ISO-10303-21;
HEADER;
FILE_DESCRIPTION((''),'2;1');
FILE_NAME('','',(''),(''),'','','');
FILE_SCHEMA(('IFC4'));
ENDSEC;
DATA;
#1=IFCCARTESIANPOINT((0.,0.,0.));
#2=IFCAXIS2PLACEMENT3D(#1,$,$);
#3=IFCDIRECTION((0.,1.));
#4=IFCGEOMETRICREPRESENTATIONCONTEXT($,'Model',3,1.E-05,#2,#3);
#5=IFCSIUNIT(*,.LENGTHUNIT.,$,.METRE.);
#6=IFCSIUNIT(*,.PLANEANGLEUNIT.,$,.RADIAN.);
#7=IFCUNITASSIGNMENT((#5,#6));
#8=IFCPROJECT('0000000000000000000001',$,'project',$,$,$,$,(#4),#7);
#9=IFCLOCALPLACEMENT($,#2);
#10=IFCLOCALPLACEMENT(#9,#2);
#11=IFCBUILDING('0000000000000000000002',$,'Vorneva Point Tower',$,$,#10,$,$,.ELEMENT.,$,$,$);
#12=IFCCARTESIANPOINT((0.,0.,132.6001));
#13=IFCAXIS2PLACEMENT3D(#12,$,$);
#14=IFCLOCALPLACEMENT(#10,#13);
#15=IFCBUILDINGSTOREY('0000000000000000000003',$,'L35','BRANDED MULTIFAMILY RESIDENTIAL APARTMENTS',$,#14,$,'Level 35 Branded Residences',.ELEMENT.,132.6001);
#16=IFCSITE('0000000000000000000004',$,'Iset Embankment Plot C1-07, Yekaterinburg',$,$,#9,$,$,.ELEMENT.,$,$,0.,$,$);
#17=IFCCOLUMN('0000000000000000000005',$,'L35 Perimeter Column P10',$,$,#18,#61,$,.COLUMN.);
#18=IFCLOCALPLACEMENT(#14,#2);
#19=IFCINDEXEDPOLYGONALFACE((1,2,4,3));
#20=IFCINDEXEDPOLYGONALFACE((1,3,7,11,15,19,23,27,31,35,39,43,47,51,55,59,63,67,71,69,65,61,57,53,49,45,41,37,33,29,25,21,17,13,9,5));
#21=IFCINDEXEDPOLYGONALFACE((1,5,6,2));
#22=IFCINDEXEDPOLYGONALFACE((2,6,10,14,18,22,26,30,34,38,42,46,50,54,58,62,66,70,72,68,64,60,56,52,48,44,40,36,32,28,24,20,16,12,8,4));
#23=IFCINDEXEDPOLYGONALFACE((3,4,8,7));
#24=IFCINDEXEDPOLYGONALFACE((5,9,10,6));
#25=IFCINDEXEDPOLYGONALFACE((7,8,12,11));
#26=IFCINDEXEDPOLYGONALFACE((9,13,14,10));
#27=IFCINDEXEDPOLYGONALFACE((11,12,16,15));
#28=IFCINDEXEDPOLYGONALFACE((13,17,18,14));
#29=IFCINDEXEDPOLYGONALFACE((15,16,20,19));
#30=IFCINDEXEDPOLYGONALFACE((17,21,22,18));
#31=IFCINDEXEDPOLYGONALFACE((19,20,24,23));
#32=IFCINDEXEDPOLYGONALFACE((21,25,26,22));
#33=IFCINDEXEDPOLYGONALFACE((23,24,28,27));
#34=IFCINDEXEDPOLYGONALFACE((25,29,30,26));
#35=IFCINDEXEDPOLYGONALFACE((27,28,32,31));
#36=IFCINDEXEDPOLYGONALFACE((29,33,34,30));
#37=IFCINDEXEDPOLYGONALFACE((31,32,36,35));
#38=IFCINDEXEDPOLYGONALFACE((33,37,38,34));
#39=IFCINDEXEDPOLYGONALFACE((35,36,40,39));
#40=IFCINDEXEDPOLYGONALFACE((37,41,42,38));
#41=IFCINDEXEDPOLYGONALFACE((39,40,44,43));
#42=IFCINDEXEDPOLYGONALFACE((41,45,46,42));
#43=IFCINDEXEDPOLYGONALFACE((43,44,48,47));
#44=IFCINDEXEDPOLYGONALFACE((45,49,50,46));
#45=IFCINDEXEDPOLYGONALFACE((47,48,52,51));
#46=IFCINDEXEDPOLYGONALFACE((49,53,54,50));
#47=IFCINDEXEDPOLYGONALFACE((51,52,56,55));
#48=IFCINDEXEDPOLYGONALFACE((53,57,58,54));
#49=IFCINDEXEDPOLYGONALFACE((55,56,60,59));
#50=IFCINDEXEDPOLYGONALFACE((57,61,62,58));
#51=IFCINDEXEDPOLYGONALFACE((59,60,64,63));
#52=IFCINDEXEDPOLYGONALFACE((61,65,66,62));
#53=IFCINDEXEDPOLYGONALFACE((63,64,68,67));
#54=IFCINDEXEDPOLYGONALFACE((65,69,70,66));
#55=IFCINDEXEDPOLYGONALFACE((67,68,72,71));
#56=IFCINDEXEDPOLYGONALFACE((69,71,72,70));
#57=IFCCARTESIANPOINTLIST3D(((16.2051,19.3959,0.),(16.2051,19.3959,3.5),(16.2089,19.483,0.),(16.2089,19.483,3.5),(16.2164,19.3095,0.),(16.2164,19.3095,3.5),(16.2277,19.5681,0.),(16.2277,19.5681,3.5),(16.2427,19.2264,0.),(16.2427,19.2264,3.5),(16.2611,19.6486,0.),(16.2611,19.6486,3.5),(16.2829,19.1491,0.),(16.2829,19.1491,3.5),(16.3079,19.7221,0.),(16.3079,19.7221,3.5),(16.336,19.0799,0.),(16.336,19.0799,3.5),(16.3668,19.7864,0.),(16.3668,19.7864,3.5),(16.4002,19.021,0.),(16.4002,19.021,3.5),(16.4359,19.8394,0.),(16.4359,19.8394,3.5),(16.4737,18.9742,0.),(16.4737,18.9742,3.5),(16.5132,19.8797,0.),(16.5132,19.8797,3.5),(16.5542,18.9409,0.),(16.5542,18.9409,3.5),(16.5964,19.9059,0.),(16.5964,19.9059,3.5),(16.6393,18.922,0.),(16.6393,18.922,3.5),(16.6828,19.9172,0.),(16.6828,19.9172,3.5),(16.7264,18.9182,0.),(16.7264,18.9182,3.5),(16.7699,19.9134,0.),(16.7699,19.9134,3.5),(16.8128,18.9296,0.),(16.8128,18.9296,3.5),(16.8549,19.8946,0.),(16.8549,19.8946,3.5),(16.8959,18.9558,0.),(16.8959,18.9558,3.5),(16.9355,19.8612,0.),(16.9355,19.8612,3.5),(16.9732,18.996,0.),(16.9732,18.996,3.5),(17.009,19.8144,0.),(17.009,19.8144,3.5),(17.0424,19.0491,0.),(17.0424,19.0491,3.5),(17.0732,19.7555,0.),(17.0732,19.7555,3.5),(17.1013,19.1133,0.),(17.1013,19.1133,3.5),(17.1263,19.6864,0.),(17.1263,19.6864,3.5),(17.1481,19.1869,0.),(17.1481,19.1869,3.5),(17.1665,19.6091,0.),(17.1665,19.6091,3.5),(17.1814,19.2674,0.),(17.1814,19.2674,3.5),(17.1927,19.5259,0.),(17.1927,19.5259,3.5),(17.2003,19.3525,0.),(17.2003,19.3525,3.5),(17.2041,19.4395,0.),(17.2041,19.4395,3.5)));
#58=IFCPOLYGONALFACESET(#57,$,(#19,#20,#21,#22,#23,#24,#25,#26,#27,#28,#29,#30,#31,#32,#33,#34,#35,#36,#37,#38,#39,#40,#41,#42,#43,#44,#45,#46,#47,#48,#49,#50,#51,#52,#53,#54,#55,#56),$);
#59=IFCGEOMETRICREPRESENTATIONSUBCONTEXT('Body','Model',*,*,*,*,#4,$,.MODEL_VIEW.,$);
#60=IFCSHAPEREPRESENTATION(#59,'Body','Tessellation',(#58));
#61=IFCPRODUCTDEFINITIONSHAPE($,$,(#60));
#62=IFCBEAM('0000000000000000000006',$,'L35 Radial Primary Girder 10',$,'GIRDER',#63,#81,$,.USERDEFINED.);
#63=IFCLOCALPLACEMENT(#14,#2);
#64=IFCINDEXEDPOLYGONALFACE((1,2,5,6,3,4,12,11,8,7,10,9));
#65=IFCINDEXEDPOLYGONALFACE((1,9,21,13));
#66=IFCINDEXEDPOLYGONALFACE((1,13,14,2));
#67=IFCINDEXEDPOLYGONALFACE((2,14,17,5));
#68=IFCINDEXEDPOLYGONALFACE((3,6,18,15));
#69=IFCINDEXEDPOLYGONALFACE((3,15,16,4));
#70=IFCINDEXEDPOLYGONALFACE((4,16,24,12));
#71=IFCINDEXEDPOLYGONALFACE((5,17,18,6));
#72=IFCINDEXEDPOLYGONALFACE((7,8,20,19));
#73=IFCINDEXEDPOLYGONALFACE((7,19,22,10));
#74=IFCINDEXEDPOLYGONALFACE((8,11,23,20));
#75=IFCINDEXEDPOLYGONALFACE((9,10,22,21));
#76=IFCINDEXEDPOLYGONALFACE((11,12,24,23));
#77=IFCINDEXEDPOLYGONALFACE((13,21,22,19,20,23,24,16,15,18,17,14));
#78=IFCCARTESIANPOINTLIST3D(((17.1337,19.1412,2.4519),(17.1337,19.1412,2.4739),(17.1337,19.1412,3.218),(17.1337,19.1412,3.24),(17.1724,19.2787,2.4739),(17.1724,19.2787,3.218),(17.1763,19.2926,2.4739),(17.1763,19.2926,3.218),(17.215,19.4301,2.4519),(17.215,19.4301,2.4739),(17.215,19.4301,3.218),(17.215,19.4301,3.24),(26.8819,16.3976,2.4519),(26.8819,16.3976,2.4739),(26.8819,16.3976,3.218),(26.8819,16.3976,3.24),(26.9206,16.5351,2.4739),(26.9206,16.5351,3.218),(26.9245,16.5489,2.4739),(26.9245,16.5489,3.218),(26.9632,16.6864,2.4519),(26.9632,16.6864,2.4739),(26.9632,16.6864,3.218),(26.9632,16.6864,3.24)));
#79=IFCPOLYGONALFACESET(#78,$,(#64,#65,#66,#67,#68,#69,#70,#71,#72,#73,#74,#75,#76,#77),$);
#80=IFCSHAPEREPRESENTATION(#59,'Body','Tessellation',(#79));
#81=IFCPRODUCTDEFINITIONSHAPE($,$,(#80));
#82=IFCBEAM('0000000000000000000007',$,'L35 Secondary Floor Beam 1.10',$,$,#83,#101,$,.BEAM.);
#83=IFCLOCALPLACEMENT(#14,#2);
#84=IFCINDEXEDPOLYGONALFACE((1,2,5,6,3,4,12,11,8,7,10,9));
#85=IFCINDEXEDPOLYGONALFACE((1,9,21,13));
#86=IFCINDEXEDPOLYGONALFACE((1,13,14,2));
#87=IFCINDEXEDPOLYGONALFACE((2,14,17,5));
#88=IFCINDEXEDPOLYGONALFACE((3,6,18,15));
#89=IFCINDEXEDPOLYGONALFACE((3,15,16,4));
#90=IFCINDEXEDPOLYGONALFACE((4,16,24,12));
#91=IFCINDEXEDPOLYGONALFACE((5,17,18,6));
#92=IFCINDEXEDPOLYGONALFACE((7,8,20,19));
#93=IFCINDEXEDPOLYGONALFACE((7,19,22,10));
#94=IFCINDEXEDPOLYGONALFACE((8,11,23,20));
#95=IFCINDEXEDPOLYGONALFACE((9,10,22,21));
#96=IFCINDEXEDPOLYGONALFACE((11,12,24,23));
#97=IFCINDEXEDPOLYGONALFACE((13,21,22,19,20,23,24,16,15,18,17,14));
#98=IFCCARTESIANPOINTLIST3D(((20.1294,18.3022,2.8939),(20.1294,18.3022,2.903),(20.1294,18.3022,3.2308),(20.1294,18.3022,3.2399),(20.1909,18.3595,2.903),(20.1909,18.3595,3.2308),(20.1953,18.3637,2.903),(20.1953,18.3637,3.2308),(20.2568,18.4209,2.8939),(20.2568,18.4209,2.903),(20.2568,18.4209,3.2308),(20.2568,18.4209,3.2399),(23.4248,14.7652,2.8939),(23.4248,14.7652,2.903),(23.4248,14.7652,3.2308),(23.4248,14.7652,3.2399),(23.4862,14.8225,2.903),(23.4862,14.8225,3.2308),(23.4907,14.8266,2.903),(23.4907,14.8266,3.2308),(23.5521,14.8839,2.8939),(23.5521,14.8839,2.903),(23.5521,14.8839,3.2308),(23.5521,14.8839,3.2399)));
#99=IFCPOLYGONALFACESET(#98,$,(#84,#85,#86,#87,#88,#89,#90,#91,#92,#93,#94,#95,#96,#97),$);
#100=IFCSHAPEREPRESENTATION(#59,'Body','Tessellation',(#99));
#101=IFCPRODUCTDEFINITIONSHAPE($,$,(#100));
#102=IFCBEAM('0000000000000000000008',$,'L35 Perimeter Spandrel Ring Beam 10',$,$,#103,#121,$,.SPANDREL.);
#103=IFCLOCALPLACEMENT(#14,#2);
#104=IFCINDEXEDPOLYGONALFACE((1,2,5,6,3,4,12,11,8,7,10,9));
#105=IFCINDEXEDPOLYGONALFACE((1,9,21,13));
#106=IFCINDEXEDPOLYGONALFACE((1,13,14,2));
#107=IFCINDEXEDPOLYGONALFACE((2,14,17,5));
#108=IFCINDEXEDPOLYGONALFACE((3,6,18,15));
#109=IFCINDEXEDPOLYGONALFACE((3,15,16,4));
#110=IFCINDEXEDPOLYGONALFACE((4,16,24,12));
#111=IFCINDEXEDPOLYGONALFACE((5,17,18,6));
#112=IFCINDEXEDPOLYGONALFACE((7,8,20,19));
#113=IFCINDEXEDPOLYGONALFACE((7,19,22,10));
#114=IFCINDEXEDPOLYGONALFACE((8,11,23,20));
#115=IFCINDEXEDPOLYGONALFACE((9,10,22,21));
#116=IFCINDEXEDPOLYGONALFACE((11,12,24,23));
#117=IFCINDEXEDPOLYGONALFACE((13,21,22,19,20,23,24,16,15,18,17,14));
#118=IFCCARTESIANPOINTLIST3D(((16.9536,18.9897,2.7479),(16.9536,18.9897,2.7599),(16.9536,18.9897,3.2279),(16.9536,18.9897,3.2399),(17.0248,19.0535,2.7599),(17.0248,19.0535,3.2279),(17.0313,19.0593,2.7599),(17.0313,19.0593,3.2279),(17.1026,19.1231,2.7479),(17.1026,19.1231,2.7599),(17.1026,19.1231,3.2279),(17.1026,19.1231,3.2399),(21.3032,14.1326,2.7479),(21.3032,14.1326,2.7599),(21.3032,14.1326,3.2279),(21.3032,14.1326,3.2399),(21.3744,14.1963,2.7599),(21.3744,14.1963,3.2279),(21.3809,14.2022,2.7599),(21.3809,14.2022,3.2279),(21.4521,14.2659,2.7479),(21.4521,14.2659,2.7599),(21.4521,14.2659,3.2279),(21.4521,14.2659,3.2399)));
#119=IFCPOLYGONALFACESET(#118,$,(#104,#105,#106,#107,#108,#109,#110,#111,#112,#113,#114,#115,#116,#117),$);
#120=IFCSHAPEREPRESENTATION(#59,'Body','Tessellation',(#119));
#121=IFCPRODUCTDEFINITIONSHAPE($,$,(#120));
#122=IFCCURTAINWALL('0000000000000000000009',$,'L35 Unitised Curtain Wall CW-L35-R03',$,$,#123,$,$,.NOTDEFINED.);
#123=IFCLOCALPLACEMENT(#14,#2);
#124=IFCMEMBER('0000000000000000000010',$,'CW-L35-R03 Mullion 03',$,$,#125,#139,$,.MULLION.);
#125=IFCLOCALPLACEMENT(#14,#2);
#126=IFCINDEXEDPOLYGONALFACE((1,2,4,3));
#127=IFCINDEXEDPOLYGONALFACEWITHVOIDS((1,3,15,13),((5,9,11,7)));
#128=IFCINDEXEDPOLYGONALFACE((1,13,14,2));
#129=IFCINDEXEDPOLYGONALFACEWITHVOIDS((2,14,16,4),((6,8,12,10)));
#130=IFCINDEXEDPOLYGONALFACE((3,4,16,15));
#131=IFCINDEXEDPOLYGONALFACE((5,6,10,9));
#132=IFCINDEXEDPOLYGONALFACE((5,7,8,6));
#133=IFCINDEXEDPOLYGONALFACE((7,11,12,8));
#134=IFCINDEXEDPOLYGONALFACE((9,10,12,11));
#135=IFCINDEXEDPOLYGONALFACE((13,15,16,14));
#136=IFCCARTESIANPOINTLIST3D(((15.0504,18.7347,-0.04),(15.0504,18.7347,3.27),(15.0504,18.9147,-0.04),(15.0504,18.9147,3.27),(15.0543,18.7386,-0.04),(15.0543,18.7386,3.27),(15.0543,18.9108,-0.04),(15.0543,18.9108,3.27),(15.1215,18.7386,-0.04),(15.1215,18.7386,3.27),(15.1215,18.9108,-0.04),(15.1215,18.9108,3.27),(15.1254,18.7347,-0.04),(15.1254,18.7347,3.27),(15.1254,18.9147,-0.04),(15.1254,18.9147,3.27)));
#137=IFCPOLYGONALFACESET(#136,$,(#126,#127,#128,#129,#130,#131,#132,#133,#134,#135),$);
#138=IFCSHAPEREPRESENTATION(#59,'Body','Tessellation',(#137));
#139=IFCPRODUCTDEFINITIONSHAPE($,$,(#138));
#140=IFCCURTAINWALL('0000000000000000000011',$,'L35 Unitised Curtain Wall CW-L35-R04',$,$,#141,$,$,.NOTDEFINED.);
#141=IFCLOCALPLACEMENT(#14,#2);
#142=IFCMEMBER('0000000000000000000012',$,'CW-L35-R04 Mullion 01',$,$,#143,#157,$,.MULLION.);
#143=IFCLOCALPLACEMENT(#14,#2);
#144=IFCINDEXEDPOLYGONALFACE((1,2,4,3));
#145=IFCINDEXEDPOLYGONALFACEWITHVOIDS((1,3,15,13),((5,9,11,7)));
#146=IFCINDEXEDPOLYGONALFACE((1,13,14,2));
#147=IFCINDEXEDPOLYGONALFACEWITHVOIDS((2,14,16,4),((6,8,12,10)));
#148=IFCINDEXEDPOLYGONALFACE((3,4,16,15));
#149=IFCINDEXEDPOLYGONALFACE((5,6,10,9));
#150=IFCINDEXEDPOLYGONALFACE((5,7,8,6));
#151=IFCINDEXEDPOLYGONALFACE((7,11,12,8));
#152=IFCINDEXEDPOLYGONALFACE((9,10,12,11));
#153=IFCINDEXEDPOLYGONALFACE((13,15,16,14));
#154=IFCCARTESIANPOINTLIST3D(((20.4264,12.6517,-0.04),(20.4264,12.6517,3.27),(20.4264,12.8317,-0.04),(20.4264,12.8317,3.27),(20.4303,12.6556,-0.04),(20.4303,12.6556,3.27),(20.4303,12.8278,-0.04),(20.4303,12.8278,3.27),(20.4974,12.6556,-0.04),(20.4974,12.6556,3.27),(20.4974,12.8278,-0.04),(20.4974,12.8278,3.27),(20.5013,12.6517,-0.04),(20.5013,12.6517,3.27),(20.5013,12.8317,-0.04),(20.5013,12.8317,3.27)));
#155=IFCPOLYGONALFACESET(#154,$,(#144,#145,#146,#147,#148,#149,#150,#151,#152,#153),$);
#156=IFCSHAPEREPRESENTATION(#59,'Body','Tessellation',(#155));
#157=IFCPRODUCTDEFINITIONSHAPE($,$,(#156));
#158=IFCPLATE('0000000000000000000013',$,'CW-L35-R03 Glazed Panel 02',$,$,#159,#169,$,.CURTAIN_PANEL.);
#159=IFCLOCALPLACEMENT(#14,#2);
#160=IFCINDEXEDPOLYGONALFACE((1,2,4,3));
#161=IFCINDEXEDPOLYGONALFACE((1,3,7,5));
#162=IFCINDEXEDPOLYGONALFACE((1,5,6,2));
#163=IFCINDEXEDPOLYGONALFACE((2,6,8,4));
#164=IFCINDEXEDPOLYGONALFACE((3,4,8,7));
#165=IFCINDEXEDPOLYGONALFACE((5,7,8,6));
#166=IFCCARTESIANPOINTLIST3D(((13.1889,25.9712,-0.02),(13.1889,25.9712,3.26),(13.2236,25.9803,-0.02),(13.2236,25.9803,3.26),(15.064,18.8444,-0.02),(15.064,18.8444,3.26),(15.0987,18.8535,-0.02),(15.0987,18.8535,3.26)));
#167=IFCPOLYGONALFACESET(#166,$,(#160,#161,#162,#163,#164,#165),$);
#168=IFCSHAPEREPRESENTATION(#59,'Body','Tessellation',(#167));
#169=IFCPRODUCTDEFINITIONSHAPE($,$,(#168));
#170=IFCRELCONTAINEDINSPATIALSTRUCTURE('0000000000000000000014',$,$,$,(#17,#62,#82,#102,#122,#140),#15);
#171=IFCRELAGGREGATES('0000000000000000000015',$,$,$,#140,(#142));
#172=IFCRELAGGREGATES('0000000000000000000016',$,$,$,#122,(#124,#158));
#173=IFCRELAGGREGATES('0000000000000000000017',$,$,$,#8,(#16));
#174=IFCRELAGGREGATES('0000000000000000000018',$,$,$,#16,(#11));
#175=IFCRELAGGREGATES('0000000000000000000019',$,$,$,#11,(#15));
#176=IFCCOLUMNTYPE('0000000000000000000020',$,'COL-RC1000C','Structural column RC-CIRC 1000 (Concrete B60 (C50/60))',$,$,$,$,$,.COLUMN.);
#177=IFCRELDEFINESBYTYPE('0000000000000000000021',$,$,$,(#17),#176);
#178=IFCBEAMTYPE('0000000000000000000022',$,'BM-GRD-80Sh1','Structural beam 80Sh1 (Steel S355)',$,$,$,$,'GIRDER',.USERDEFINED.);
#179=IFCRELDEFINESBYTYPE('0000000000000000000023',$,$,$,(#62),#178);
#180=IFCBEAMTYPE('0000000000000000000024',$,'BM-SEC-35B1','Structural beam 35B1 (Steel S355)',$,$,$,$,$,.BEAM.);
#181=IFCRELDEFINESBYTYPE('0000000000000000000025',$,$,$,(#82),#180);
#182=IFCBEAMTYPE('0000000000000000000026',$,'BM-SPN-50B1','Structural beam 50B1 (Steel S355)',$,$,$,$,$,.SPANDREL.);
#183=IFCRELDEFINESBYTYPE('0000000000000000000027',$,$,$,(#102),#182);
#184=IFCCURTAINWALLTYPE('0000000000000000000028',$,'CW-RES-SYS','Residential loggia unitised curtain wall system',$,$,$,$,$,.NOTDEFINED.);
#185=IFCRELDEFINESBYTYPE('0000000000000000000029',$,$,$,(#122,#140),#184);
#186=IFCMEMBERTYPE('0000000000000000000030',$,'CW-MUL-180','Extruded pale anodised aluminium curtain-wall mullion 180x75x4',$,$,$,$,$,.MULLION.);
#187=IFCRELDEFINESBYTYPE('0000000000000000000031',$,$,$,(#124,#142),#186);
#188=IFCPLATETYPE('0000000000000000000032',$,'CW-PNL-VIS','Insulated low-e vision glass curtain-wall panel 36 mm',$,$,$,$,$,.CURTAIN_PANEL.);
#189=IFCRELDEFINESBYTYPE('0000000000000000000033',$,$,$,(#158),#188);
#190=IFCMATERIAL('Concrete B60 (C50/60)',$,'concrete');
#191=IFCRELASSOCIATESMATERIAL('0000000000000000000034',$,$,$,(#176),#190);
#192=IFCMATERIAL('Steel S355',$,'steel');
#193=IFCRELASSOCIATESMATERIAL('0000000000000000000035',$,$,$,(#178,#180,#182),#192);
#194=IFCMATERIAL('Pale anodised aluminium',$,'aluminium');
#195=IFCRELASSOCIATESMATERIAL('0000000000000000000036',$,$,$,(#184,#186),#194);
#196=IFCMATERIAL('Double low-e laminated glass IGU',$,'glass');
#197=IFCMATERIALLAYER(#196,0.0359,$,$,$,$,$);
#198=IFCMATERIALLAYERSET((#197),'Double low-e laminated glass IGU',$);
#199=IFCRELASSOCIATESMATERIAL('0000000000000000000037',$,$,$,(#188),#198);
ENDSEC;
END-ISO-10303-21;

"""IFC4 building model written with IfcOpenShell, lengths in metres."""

from ifc_helpers import new_model, si_unit, direction, frame, origin, origin_2d, place, context, subcontext, project, spatial, rectangle, hollow_rectangle, circle, i_section, extrude, material, layer, layer_set, material_profile, profile_set, type_object, element, aggregate, save


model = new_model("IFC4")

# Units and contexts
model_context = context("Model", 3, precision=1e-05, world=origin(), true_north=direction((0.0, 1.0)))
body_context = subcontext(model_context, "Body", "Model", "MODEL_VIEW")
ifc_project = project(units=[si_unit("LENGTHUNIT", "METRE"), si_unit("PLANEANGLEUNIT", "RADIAN")], contexts=[model_context])

# Site, building, storey
site_placement = place(None, origin())
site = spatial("IfcSite", under=ifc_project, at=site_placement, Name="Iset Embankment Plot C1-07, Yekaterinburg", CompositionType="ELEMENT", RefElevation=0.0)
building_placement = place(site_placement, origin())
building = spatial("IfcBuilding", under=site, at=building_placement, Name="Vorneva Point Tower", CompositionType="ELEMENT")
storey_placement = place(building_placement, frame((0.0, 0.0, 132.6001)))
storey = spatial("IfcBuildingStorey", under=building, at=storey_placement, Name="L35", Description="BRANDED MULTIFAMILY RESIDENTIAL APARTMENTS", LongName="Level 35 Branded Residences", CompositionType="ELEMENT", Elevation=132.6001)

# Column
ifc_material_1 = material(Name="Concrete B60 (C50/60)", Category="concrete")
ifc_material_profile_1 = material_profile(ifc_material_1, circle(Radius=0.5, at=origin_2d()), Name="RC-CIRC 1000")
ifc_profile_set_1 = profile_set([ifc_material_profile_1], Name="Concrete B60 (C50/60)")
column_type = type_object("IfcColumnType", Name="COL-RC1000C", Description="Structural column RC-CIRC 1000 (Concrete B60 (C50/60))", PredefinedType="COLUMN", material=ifc_profile_set_1)
column_placement = place(storey_placement, frame((16.7046, 19.4177, 0.0), z_axis=(0.0, 0.0, 1.0), x_axis=(-0.92388, -0.382683, 0.0)))
element("IfcColumn", 1, at=column_placement, inside=storey, type_object=column_type, Name="L35 Perimeter Column P10", PredefinedType="COLUMN", context=body_context, shape_type="SweptSolid", body=[
    extrude(circle(Radius=0.5, at=origin_2d()), origin(), (0.0, 0.0, 1.0), 3.5),
])

# Beams
ifc_material_2 = material(Name="Steel S355", Category="steel")
ifc_material_profile_2 = material_profile(ifc_material_2, i_section(OverallWidth=0.3, OverallDepth=0.7881, WebThickness=0.0144, FlangeThickness=0.022, at=origin_2d()), Name="80Sh1")
ifc_profile_set_2 = profile_set([ifc_material_profile_2], Name="Steel S355")
beam_type_1 = type_object("IfcBeamType", Name="BM-GRD-80Sh1", Description="Structural beam 80Sh1 (Steel S355)", ElementType="GIRDER", PredefinedType="USERDEFINED", material=ifc_profile_set_2)
beam_1_placement = place(storey_placement, frame((17.1743, 19.2856, 2.8459), z_axis=(0.962601, -0.270924, 0.0), x_axis=(0.270924, 0.962601, 0.0)))
element("IfcBeam", 2, at=beam_1_placement, inside=storey, type_object=beam_type_1, Name="L35 Radial Primary Girder 10", ObjectType="GIRDER", PredefinedType="USERDEFINED", context=body_context, shape_type="SweptSolid", body=[
    extrude(i_section(OverallWidth=0.3, OverallDepth=0.7881, WebThickness=0.0144, FlangeThickness=0.022, at=origin_2d()), origin(), (0.0, 0.0, 1.0), 10.127),
])
ifc_material_profile_3 = material_profile(ifc_material_2, i_section(OverallWidth=0.1741, OverallDepth=0.3459, WebThickness=0.0061, FlangeThickness=0.009, at=origin_2d()), Name="35B1")
ifc_profile_set_3 = profile_set([ifc_material_profile_3], Name="Steel S355")
beam_type_2 = type_object("IfcBeamType", Name="BM-SEC-35B1", Description="Structural beam 35B1 (Steel S355)", PredefinedType="BEAM", material=ifc_profile_set_3)
beam_2_placement = place(storey_placement, frame((20.1931, 18.3616, 3.0669), z_axis=(0.681667, -0.731663, 0.0), x_axis=(0.731663, 0.681667, 0.0)))
element("IfcBeam", 3, at=beam_2_placement, inside=storey, type_object=beam_type_2, Name="L35 Secondary Floor Beam 1.10", PredefinedType="BEAM", context=body_context, shape_type="SweptSolid", body=[
    extrude(i_section(OverallWidth=0.1741, OverallDepth=0.3459, WebThickness=0.0061, FlangeThickness=0.009, at=origin_2d()), origin(), (0.0, 0.0, 1.0), 4.8342),
])
ifc_material_profile_4 = material_profile(ifc_material_2, i_section(OverallWidth=0.2, OverallDepth=0.4919, WebThickness=0.0088, FlangeThickness=0.012, at=origin_2d()), Name="50B1")
ifc_profile_set_4 = profile_set([ifc_material_profile_4], Name="Steel S355")
beam_type_3 = type_object("IfcBeamType", Name="BM-SPN-50B1", Description="Structural beam 50B1 (Steel S355)", PredefinedType="SPANDREL", material=ifc_profile_set_4)
beam_3_placement = place(storey_placement, frame((17.0281, 19.0564, 2.9939), z_axis=(0.667111, -0.744958, 0.0), x_axis=(0.744958, 0.667111, 0.0)))
element("IfcBeam", 4, at=beam_3_placement, inside=storey, type_object=beam_type_3, Name="L35 Perimeter Spandrel Ring Beam 10", PredefinedType="SPANDREL", context=body_context, shape_type="SweptSolid", body=[
    extrude(i_section(OverallWidth=0.2, OverallDepth=0.4919, WebThickness=0.0088, FlangeThickness=0.012, at=origin_2d()), origin(), (0.0, 0.0, 1.0), 6.52),
])

# Curtain walls, members
ifc_material_3 = material(Name="Pale anodised aluminium", Category="aluminium")
curtain_wall_type = type_object("IfcCurtainWallType", Name="CW-RES-SYS", Description="Residential loggia unitised curtain wall system", PredefinedType="NOTDEFINED", material=ifc_material_3)
curtain_wall_1_placement = place(storey_placement, origin())
curtain_wall_1 = element("IfcCurtainWall", 5, at=curtain_wall_1_placement, inside=storey, type_object=curtain_wall_type, Name="L35 Unitised Curtain Wall CW-L35-R03", PredefinedType="NOTDEFINED")
ifc_material_profile_5 = material_profile(ifc_material_3, hollow_rectangle(XDim=0.075, YDim=0.1799, WallThickness=0.0039, at=origin_2d()), Name="AL-MUL 180x75x4")
ifc_profile_set_5 = profile_set([ifc_material_profile_5], Name="Pale anodised aluminium")
member_type = type_object("IfcMemberType", Name="CW-MUL-180", Description="Extruded pale anodised aluminium curtain-wall mullion 180x75x4", PredefinedType="MULLION", material=ifc_profile_set_5)
member_1_placement = place(storey_placement, frame((15.0879, 18.8247, -0.04), z_axis=(0.0, 0.0, 1.0), x_axis=(1.0, 0.0, 0.0)))
member_1 = element("IfcMember", 6, at=member_1_placement, type_object=member_type, Name="CW-L35-R03 Mullion 03", PredefinedType="MULLION", context=body_context, shape_type="SweptSolid", body=[
    extrude(hollow_rectangle(XDim=0.075, YDim=0.1799, WallThickness=0.0039, at=origin_2d()), origin(), (0.0, 0.0, 1.0), 3.3101),
])
curtain_wall_2_placement = place(storey_placement, origin())
curtain_wall_2 = element("IfcCurtainWall", 7, at=curtain_wall_2_placement, inside=storey, type_object=curtain_wall_type, Name="L35 Unitised Curtain Wall CW-L35-R04", PredefinedType="NOTDEFINED")
member_2_placement = place(storey_placement, frame((20.4639, 12.7417, -0.04), z_axis=(0.0, 0.0, 1.0), x_axis=(1.0, 0.0, 0.0)))
member_2 = element("IfcMember", 8, at=member_2_placement, type_object=member_type, Name="CW-L35-R04 Mullion 01", PredefinedType="MULLION", context=body_context, shape_type="SweptSolid", body=[
    extrude(hollow_rectangle(XDim=0.075, YDim=0.1799, WallThickness=0.0039, at=origin_2d()), origin(), (0.0, 0.0, 1.0), 3.3101),
])
aggregate(curtain_wall_2, [member_2])

# Plate
ifc_material_4 = material(Name="Double low-e laminated glass IGU", Category="glass")
ifc_layer_1 = layer(ifc_material_4, 0.0359)
ifc_layer_set_1 = layer_set([ifc_layer_1], Name="Double low-e laminated glass IGU")
plate_type = type_object("IfcPlateType", Name="CW-PNL-VIS", Description="Insulated low-e vision glass curtain-wall panel 36 mm", PredefinedType="CURTAIN_PANEL", material=ifc_layer_set_1)
plate_placement = place(storey_placement, frame((14.1438, 22.4124, -0.02), z_axis=(0.0, 0.0, 1.0), x_axis=(0.254433, -0.96709, 0.0)))
plate = element("IfcPlate", 9, at=plate_placement, type_object=plate_type, Name="CW-L35-R03 Glazed Panel 02", PredefinedType="CURTAIN_PANEL", context=body_context, shape_type="SweptSolid", body=[
    extrude(rectangle(XDim=7.3694, YDim=0.0359, at=origin_2d()), origin(), (0.0, 0.0, 1.0), 3.28),
])
aggregate(curtain_wall_1, [member_1, plate])

save(model, "model.ifc")
